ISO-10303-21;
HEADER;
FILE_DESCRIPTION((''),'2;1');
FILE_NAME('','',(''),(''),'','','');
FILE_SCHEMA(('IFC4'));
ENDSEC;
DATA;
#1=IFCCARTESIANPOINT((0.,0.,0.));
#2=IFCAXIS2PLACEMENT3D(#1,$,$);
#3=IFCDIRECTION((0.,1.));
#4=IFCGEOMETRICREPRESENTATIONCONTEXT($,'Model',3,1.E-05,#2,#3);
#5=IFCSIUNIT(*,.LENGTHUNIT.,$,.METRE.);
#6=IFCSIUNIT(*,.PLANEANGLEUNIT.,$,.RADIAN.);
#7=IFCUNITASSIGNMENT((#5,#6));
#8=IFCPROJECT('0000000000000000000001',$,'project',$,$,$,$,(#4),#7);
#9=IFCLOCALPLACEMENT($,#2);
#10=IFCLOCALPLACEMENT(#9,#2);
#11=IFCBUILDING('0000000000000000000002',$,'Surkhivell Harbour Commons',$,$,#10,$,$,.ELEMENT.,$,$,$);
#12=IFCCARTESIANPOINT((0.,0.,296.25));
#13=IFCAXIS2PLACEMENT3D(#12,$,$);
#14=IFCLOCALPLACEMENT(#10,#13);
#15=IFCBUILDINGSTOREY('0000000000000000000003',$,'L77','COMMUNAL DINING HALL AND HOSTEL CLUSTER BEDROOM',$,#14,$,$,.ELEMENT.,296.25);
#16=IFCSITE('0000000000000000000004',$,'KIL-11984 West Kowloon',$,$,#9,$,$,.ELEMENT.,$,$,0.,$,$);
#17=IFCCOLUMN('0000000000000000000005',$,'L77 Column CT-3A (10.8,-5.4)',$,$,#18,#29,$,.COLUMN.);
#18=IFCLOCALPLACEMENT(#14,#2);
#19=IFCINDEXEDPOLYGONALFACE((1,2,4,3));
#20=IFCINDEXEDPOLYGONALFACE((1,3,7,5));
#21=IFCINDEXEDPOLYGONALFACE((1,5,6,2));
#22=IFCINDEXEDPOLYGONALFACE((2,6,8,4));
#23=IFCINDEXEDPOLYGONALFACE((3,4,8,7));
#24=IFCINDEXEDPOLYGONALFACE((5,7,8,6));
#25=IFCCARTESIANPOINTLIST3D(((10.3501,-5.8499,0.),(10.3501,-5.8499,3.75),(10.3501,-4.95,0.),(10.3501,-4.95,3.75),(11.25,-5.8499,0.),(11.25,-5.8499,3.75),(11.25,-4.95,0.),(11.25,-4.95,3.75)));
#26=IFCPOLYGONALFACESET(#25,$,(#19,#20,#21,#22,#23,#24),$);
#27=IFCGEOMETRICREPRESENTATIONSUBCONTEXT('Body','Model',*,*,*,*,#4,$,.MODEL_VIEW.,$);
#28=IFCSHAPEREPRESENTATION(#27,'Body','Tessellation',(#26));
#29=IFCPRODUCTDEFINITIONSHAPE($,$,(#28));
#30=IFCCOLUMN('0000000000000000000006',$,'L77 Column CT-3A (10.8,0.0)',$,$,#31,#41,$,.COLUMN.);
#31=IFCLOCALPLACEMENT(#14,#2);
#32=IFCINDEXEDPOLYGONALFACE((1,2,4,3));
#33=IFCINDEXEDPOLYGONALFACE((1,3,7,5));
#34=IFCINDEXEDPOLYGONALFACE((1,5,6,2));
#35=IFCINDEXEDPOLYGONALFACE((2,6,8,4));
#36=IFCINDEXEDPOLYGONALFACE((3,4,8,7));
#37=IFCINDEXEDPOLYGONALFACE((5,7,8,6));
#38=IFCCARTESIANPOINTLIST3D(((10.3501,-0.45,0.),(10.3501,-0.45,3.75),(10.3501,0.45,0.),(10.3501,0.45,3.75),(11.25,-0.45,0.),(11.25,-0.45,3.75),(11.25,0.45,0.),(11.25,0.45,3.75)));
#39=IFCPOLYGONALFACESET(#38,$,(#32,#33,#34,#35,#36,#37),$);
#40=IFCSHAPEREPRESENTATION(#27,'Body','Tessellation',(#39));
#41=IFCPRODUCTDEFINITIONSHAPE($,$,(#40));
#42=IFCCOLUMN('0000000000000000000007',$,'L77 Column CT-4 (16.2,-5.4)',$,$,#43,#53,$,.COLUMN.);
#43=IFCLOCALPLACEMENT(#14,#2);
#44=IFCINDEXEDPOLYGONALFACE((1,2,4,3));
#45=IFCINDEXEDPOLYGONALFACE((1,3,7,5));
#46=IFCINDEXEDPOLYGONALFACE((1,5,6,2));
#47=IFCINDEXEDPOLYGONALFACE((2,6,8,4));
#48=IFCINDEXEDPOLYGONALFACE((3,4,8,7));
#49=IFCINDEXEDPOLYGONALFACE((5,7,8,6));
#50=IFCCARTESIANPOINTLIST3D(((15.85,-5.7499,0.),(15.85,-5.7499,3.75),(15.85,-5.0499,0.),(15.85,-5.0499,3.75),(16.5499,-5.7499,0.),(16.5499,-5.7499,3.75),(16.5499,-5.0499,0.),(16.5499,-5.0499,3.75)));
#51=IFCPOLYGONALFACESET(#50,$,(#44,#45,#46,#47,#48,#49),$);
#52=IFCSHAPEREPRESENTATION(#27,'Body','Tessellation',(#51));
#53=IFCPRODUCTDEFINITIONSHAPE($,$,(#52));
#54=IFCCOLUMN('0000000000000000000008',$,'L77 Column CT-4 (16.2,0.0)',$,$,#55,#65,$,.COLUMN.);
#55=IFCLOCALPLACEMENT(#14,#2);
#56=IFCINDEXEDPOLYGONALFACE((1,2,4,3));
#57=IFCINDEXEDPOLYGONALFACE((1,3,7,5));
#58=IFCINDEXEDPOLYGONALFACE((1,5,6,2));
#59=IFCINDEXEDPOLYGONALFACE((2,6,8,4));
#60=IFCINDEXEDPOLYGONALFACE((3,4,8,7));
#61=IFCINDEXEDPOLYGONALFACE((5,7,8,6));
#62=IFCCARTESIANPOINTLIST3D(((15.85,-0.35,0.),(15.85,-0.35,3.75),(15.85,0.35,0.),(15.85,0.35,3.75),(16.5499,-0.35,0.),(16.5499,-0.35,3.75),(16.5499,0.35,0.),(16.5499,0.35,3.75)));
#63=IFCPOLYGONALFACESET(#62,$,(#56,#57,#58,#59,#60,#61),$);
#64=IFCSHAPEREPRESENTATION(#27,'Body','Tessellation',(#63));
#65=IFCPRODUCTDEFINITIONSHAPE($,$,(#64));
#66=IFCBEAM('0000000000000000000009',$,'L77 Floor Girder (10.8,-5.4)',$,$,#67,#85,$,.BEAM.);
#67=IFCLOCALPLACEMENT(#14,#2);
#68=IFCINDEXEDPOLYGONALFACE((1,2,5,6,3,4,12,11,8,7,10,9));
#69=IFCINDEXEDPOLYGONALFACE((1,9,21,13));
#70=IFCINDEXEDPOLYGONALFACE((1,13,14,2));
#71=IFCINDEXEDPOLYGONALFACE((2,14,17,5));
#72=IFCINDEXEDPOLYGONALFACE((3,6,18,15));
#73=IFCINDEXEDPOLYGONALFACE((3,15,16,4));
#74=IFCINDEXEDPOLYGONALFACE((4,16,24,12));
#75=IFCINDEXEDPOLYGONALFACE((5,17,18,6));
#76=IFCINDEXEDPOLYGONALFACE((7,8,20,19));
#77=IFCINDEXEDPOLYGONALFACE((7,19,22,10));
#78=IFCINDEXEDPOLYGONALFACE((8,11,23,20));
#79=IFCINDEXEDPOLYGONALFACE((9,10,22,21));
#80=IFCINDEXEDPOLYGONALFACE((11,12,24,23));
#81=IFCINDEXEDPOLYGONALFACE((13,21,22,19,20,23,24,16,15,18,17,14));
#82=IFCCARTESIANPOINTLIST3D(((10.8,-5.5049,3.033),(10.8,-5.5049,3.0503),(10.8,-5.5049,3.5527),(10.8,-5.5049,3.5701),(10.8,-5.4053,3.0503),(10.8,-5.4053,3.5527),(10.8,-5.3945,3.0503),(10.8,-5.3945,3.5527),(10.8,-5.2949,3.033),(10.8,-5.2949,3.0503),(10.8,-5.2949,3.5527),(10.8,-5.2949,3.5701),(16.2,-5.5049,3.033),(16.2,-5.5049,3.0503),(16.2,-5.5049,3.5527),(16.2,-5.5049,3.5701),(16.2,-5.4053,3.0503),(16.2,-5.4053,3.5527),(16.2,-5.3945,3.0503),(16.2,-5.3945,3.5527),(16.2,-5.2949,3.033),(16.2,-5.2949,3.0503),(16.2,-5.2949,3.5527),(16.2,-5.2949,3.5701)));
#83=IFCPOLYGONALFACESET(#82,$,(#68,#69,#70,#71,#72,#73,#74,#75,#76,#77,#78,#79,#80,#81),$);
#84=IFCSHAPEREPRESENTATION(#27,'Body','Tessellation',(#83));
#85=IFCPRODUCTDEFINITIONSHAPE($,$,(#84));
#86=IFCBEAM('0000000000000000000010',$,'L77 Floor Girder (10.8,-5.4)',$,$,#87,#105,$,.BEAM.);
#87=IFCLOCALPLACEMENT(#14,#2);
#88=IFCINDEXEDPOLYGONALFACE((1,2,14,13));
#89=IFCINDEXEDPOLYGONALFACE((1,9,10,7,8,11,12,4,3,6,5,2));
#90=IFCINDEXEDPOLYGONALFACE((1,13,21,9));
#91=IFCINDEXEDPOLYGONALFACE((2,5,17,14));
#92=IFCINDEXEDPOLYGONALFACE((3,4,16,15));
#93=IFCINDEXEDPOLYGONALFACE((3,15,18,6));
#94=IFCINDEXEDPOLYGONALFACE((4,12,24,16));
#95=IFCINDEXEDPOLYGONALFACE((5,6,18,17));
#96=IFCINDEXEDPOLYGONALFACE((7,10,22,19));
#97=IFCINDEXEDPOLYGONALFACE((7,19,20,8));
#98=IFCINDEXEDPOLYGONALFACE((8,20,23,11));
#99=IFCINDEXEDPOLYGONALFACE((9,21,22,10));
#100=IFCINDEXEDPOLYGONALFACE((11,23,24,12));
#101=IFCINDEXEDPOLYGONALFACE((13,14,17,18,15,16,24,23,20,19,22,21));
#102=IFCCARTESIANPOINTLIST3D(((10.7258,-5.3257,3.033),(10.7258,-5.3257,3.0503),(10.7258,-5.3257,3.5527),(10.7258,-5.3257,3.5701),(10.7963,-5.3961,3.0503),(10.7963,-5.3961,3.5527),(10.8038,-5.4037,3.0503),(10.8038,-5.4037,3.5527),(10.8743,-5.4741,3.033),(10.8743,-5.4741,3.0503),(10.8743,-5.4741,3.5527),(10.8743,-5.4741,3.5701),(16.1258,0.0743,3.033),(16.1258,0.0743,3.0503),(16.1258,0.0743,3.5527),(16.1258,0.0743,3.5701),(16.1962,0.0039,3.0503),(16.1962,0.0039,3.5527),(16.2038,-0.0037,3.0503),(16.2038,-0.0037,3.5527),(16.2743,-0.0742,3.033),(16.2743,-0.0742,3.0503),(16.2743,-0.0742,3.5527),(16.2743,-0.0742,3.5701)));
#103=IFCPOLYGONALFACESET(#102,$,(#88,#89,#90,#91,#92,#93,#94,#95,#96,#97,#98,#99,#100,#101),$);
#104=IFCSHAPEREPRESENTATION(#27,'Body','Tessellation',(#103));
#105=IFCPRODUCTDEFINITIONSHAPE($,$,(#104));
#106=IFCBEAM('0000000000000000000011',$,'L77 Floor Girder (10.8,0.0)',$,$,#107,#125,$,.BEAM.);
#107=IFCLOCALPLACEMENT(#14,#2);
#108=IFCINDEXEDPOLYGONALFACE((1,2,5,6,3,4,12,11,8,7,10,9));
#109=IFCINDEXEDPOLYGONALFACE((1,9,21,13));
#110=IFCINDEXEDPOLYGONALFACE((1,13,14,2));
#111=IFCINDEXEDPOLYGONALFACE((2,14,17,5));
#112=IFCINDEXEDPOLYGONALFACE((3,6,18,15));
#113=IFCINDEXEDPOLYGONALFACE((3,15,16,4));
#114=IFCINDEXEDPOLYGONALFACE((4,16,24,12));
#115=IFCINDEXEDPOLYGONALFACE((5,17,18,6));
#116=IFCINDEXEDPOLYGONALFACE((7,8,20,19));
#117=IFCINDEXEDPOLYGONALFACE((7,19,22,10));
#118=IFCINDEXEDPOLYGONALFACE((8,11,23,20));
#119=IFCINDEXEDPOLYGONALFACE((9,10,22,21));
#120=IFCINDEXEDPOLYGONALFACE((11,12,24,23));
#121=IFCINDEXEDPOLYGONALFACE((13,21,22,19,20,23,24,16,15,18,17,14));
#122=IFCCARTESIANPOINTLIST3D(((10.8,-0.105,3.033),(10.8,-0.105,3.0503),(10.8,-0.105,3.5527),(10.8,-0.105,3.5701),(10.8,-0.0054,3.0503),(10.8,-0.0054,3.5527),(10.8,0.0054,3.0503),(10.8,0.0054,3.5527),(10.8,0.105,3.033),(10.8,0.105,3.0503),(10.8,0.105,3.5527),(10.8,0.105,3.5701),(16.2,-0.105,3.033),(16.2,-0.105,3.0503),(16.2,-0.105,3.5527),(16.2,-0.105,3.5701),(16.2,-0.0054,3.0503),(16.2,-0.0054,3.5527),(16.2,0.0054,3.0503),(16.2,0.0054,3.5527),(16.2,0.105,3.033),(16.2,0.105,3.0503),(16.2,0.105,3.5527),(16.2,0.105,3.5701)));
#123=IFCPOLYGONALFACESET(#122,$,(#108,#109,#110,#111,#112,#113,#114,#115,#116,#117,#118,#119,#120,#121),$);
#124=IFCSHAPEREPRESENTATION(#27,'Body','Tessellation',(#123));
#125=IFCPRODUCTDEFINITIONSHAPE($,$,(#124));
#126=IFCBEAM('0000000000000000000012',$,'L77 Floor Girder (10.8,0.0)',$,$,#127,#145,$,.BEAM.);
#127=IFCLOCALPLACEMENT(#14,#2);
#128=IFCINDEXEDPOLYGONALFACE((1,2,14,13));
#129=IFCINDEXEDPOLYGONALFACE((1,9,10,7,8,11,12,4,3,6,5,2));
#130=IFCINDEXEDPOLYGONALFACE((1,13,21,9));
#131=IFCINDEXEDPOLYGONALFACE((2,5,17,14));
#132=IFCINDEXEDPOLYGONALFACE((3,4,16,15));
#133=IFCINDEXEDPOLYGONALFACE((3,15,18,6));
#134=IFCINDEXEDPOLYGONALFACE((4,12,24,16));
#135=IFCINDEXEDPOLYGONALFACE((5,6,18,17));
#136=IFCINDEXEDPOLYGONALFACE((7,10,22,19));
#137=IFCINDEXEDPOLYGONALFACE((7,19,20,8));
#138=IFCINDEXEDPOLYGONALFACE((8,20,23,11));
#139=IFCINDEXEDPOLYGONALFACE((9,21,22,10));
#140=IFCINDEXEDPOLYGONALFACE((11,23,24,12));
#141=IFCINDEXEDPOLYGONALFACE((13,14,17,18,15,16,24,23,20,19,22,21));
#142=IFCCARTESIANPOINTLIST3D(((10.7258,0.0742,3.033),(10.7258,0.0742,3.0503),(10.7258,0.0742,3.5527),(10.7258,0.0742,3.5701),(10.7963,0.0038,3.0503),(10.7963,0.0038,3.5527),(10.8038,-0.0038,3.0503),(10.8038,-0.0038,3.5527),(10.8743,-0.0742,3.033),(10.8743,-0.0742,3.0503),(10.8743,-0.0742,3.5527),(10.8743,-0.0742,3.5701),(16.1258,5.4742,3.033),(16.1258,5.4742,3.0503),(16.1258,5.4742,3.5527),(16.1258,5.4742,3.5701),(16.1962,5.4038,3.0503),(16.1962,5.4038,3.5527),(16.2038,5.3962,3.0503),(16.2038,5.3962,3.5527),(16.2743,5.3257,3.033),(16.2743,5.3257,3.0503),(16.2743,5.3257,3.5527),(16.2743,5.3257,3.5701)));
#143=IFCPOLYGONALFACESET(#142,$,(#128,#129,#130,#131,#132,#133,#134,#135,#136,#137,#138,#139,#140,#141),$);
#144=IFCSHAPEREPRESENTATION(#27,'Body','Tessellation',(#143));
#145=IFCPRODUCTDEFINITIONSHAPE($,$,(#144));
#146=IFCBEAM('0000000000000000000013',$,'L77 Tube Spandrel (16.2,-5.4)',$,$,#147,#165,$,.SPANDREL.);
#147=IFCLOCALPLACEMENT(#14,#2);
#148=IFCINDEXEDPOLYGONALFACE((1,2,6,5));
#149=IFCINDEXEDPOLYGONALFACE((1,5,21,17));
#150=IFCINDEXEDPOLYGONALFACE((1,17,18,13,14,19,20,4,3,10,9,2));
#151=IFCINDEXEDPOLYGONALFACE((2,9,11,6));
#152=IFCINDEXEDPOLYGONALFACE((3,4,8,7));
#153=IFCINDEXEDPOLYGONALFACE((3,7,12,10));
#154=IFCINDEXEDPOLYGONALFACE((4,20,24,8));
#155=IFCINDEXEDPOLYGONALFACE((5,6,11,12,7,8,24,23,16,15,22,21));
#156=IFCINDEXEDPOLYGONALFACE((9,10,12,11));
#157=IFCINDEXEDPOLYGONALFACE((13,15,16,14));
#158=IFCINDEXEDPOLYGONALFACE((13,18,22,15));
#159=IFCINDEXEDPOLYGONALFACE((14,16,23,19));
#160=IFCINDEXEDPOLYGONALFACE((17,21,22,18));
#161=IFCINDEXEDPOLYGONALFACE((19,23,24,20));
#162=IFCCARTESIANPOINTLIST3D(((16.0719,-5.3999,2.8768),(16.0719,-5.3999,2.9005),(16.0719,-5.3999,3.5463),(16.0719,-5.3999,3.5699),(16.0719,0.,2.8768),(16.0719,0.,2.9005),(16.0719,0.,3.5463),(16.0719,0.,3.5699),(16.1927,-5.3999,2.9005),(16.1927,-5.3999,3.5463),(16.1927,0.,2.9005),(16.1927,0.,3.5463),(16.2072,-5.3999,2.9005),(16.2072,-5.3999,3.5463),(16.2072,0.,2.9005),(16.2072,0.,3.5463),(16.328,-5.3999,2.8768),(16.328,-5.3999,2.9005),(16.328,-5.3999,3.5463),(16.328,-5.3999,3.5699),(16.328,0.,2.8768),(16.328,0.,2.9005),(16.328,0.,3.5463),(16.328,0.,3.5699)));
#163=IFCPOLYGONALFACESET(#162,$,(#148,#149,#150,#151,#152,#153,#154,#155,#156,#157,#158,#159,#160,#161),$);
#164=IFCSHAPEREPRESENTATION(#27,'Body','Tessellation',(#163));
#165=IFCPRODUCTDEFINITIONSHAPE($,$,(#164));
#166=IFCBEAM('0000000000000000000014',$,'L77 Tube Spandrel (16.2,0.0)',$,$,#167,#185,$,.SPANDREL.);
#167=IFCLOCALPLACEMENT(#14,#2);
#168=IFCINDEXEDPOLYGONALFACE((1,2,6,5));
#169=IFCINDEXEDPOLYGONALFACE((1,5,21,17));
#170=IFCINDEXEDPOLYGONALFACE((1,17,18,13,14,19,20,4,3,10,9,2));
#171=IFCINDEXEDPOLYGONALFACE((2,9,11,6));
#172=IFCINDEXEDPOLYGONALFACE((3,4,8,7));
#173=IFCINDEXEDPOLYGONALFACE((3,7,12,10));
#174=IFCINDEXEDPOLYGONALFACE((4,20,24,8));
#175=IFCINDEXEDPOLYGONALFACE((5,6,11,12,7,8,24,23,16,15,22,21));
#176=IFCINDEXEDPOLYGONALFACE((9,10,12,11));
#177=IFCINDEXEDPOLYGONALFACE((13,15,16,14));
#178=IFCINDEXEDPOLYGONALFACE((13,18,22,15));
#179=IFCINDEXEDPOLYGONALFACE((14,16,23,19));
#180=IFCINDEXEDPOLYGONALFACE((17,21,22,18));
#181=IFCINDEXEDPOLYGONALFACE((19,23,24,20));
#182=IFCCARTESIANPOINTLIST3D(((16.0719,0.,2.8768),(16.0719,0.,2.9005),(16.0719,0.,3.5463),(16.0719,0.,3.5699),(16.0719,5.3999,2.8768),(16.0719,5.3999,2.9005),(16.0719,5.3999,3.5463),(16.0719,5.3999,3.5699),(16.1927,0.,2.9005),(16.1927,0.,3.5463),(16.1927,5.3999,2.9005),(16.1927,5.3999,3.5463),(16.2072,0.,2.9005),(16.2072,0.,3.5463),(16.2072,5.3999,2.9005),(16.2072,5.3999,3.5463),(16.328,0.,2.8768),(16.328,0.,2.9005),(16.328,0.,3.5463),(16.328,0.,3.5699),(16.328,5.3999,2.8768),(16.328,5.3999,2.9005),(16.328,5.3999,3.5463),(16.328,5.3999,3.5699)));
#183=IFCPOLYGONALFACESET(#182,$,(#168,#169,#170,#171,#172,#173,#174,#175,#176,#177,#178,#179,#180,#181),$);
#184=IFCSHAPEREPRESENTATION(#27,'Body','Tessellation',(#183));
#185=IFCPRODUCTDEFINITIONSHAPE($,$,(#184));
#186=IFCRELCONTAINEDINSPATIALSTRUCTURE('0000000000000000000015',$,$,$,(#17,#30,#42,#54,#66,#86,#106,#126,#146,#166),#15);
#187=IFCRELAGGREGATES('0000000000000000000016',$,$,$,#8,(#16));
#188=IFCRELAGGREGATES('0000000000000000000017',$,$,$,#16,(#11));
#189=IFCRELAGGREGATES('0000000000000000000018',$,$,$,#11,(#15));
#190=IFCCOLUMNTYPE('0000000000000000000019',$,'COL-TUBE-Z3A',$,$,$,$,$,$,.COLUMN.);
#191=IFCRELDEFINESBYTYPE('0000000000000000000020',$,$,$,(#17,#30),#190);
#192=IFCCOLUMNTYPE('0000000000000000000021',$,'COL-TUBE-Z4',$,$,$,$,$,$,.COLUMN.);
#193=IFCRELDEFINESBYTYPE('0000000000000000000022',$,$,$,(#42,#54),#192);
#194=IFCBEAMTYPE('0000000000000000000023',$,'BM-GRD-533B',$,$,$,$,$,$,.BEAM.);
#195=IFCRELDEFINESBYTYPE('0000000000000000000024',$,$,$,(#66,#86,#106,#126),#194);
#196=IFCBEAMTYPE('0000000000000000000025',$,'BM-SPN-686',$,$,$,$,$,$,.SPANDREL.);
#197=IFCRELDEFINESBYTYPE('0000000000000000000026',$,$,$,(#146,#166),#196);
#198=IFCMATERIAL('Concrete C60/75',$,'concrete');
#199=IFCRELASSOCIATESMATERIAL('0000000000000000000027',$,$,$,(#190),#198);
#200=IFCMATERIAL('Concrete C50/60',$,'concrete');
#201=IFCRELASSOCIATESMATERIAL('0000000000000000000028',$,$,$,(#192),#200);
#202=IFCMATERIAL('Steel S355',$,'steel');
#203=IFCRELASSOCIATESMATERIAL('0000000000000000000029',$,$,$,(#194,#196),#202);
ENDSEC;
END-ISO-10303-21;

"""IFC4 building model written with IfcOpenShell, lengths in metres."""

from ifc_helpers import new_model, si_unit, direction, frame, origin, origin_2d, place, context, subcontext, project, spatial, rectangle, i_section, extrude, material, material_profile, profile_set, type_object, element, save


model = new_model("IFC4")

# Units and contexts
model_context = context("Model", 3, precision=1e-05, world=origin(), true_north=direction((0.0, 1.0)))
body_context = subcontext(model_context, "Body", "Model", "MODEL_VIEW")
ifc_project = project(units=[si_unit("LENGTHUNIT", "METRE"), si_unit("PLANEANGLEUNIT", "RADIAN")], contexts=[model_context])

# Site, building, storey
site_placement = place(None, origin())
site = spatial("IfcSite", under=ifc_project, at=site_placement, Name="KIL-11984 West Kowloon", CompositionType="ELEMENT", RefElevation=0.0)
building_placement = place(site_placement, origin())
building = spatial("IfcBuilding", under=site, at=building_placement, Name="Surkhivell Harbour Commons", CompositionType="ELEMENT")
storey_placement = place(building_placement, frame((0.0, 0.0, 296.25)))
storey = spatial("IfcBuildingStorey", under=building, at=storey_placement, Name="L77", Description="COMMUNAL DINING HALL AND HOSTEL CLUSTER BEDROOM", CompositionType="ELEMENT", Elevation=296.25)

# Columns
ifc_material_1 = material(Name="Concrete C60/75", Category="concrete")
ifc_material_profile_1 = material_profile(ifc_material_1, rectangle(XDim=0.8999, YDim=0.8999, at=origin_2d()), Name="RC-COL-900x900")
ifc_profile_set_1 = profile_set([ifc_material_profile_1], Name="Concrete C60/75")
column_type_1 = type_object("IfcColumnType", Name="COL-TUBE-Z3A", PredefinedType="COLUMN", material=ifc_profile_set_1)
for number, where, z_axis, x_axis, name in (
    (1, (10.8, -5.3999, 0.0), (0.0, 0.0, 1.0), (1.0, 0.0, 0.0), "L77 Column CT-3A (10.8,-5.4)"),
    (2, (10.8, 0.0, 0.0), (0.0, 0.0, 1.0), (1.0, 0.0, 0.0), "L77 Column CT-3A (10.8,0.0)"),
):
    element("IfcColumn", number, at=place(storey_placement, frame(where, z_axis=z_axis, x_axis=x_axis)), inside=storey, type_object=column_type_1, Name=name, PredefinedType="COLUMN", context=body_context, shape_type="SweptSolid", body=[
        extrude(rectangle(XDim=0.8999, YDim=0.8999, at=origin_2d()), origin(), (0.0, 0.0, 1.0), 3.75),
    ])
ifc_material_2 = material(Name="Concrete C50/60", Category="concrete")
ifc_material_profile_2 = material_profile(ifc_material_2, rectangle(XDim=0.7, YDim=0.7, at=origin_2d()), Name="RC-COL-700x700")
ifc_profile_set_2 = profile_set([ifc_material_profile_2], Name="Concrete C50/60")
column_type_2 = type_object("IfcColumnType", Name="COL-TUBE-Z4", PredefinedType="COLUMN", material=ifc_profile_set_2)
for number, where, z_axis, x_axis, name in (
    (3, (16.2, -5.3999, 0.0), (0.0, 0.0, 1.0), (1.0, 0.0, 0.0), "L77 Column CT-4 (16.2,-5.4)"),
    (4, (16.2, 0.0, 0.0), (0.0, 0.0, 1.0), (1.0, 0.0, 0.0), "L77 Column CT-4 (16.2,0.0)"),
):
    element("IfcColumn", number, at=place(storey_placement, frame(where, z_axis=z_axis, x_axis=x_axis)), inside=storey, type_object=column_type_2, Name=name, PredefinedType="COLUMN", context=body_context, shape_type="SweptSolid", body=[
        extrude(rectangle(XDim=0.7, YDim=0.7, at=origin_2d()), origin(), (0.0, 0.0, 1.0), 3.75),
    ])

# Beams
ifc_material_3 = material(Name="Steel S355", Category="steel")
ifc_material_profile_3 = material_profile(ifc_material_3, i_section(OverallWidth=0.21, OverallDepth=0.5371, WebThickness=0.0107, FlangeThickness=0.0173, at=origin_2d()), Name="UB533x210x101")
ifc_profile_set_3 = profile_set([ifc_material_profile_3], Name="Steel S355")
beam_type_1 = type_object("IfcBeamType", Name="BM-GRD-533B", PredefinedType="BEAM", material=ifc_profile_set_3)
beam_1_placement = place(storey_placement, frame((10.8, -5.3999, 3.3015), z_axis=(1.0, 0.0, 0.0), x_axis=(0.0, 1.0, 0.0)))
element("IfcBeam", 5, at=beam_1_placement, inside=storey, type_object=beam_type_1, Name="L77 Floor Girder (10.8,-5.4)", PredefinedType="BEAM", context=body_context, shape_type="SweptSolid", body=[
    extrude(i_section(OverallWidth=0.21, OverallDepth=0.5371, WebThickness=0.0107, FlangeThickness=0.0173, at=origin_2d()), origin(), (0.0, 0.0, 1.0), 5.3999),
])
beam_2_placement = place(storey_placement, frame((10.8, -5.3999, 3.3015), z_axis=(0.707107, 0.707107, 0.0), x_axis=(-0.707107, 0.707107, 0.0)))
element("IfcBeam", 6, at=beam_2_placement, inside=storey, type_object=beam_type_1, Name="L77 Floor Girder (10.8,-5.4)", PredefinedType="BEAM", context=body_context, shape_type="SweptSolid", body=[
    extrude(i_section(OverallWidth=0.21, OverallDepth=0.5371, WebThickness=0.0107, FlangeThickness=0.0173, at=origin_2d()), origin(), (0.0, 0.0, 1.0), 7.6367),
])
beam_3_placement = place(storey_placement, frame((10.8, 0.0, 3.3015), z_axis=(1.0, 0.0, 0.0), x_axis=(0.0, 1.0, 0.0)))
element("IfcBeam", 7, at=beam_3_placement, inside=storey, type_object=beam_type_1, Name="L77 Floor Girder (10.8,0.0)", PredefinedType="BEAM", context=body_context, shape_type="SweptSolid", body=[
    extrude(i_section(OverallWidth=0.21, OverallDepth=0.5371, WebThickness=0.0107, FlangeThickness=0.0173, at=origin_2d()), origin(), (0.0, 0.0, 1.0), 5.3999),
])
beam_4_placement = place(storey_placement, frame((10.8, 0.0, 3.3015), z_axis=(0.707107, 0.707107, 0.0), x_axis=(-0.707107, 0.707107, 0.0)))
element("IfcBeam", 8, at=beam_4_placement, inside=storey, type_object=beam_type_1, Name="L77 Floor Girder (10.8,0.0)", PredefinedType="BEAM", context=body_context, shape_type="SweptSolid", body=[
    extrude(i_section(OverallWidth=0.21, OverallDepth=0.5371, WebThickness=0.0107, FlangeThickness=0.0173, at=origin_2d()), origin(), (0.0, 0.0, 1.0), 7.6367),
])
ifc_material_profile_4 = material_profile(ifc_material_3, i_section(OverallWidth=0.2561, OverallDepth=0.6931, WebThickness=0.0144, FlangeThickness=0.0237, at=origin_2d()), Name="UB686x254x170")
ifc_profile_set_4 = profile_set([ifc_material_profile_4], Name="Steel S355")
beam_type_2 = type_object("IfcBeamType", Name="BM-SPN-686", PredefinedType="SPANDREL", material=ifc_profile_set_4)
for number, where, z_axis, x_axis, name in (
    (9, (16.2, -5.3999, 3.2234), (0.0, 1.0, 0.0), (-1.0, 0.0, 0.0), "L77 Tube Spandrel (16.2,-5.4)"),
    (10, (16.2, 0.0, 3.2234), (0.0, 1.0, 0.0), (-1.0, 0.0, 0.0), "L77 Tube Spandrel (16.2,0.0)"),
):
    element("IfcBeam", number, at=place(storey_placement, frame(where, z_axis=z_axis, x_axis=x_axis)), inside=storey, type_object=beam_type_2, Name=name, PredefinedType="SPANDREL", context=body_context, shape_type="SweptSolid", body=[
        extrude(i_section(OverallWidth=0.2561, OverallDepth=0.6931, WebThickness=0.0144, FlangeThickness=0.0237, at=origin_2d()), origin(), (0.0, 0.0, 1.0), 5.3999),
    ])

save(model, "model.ifc")
